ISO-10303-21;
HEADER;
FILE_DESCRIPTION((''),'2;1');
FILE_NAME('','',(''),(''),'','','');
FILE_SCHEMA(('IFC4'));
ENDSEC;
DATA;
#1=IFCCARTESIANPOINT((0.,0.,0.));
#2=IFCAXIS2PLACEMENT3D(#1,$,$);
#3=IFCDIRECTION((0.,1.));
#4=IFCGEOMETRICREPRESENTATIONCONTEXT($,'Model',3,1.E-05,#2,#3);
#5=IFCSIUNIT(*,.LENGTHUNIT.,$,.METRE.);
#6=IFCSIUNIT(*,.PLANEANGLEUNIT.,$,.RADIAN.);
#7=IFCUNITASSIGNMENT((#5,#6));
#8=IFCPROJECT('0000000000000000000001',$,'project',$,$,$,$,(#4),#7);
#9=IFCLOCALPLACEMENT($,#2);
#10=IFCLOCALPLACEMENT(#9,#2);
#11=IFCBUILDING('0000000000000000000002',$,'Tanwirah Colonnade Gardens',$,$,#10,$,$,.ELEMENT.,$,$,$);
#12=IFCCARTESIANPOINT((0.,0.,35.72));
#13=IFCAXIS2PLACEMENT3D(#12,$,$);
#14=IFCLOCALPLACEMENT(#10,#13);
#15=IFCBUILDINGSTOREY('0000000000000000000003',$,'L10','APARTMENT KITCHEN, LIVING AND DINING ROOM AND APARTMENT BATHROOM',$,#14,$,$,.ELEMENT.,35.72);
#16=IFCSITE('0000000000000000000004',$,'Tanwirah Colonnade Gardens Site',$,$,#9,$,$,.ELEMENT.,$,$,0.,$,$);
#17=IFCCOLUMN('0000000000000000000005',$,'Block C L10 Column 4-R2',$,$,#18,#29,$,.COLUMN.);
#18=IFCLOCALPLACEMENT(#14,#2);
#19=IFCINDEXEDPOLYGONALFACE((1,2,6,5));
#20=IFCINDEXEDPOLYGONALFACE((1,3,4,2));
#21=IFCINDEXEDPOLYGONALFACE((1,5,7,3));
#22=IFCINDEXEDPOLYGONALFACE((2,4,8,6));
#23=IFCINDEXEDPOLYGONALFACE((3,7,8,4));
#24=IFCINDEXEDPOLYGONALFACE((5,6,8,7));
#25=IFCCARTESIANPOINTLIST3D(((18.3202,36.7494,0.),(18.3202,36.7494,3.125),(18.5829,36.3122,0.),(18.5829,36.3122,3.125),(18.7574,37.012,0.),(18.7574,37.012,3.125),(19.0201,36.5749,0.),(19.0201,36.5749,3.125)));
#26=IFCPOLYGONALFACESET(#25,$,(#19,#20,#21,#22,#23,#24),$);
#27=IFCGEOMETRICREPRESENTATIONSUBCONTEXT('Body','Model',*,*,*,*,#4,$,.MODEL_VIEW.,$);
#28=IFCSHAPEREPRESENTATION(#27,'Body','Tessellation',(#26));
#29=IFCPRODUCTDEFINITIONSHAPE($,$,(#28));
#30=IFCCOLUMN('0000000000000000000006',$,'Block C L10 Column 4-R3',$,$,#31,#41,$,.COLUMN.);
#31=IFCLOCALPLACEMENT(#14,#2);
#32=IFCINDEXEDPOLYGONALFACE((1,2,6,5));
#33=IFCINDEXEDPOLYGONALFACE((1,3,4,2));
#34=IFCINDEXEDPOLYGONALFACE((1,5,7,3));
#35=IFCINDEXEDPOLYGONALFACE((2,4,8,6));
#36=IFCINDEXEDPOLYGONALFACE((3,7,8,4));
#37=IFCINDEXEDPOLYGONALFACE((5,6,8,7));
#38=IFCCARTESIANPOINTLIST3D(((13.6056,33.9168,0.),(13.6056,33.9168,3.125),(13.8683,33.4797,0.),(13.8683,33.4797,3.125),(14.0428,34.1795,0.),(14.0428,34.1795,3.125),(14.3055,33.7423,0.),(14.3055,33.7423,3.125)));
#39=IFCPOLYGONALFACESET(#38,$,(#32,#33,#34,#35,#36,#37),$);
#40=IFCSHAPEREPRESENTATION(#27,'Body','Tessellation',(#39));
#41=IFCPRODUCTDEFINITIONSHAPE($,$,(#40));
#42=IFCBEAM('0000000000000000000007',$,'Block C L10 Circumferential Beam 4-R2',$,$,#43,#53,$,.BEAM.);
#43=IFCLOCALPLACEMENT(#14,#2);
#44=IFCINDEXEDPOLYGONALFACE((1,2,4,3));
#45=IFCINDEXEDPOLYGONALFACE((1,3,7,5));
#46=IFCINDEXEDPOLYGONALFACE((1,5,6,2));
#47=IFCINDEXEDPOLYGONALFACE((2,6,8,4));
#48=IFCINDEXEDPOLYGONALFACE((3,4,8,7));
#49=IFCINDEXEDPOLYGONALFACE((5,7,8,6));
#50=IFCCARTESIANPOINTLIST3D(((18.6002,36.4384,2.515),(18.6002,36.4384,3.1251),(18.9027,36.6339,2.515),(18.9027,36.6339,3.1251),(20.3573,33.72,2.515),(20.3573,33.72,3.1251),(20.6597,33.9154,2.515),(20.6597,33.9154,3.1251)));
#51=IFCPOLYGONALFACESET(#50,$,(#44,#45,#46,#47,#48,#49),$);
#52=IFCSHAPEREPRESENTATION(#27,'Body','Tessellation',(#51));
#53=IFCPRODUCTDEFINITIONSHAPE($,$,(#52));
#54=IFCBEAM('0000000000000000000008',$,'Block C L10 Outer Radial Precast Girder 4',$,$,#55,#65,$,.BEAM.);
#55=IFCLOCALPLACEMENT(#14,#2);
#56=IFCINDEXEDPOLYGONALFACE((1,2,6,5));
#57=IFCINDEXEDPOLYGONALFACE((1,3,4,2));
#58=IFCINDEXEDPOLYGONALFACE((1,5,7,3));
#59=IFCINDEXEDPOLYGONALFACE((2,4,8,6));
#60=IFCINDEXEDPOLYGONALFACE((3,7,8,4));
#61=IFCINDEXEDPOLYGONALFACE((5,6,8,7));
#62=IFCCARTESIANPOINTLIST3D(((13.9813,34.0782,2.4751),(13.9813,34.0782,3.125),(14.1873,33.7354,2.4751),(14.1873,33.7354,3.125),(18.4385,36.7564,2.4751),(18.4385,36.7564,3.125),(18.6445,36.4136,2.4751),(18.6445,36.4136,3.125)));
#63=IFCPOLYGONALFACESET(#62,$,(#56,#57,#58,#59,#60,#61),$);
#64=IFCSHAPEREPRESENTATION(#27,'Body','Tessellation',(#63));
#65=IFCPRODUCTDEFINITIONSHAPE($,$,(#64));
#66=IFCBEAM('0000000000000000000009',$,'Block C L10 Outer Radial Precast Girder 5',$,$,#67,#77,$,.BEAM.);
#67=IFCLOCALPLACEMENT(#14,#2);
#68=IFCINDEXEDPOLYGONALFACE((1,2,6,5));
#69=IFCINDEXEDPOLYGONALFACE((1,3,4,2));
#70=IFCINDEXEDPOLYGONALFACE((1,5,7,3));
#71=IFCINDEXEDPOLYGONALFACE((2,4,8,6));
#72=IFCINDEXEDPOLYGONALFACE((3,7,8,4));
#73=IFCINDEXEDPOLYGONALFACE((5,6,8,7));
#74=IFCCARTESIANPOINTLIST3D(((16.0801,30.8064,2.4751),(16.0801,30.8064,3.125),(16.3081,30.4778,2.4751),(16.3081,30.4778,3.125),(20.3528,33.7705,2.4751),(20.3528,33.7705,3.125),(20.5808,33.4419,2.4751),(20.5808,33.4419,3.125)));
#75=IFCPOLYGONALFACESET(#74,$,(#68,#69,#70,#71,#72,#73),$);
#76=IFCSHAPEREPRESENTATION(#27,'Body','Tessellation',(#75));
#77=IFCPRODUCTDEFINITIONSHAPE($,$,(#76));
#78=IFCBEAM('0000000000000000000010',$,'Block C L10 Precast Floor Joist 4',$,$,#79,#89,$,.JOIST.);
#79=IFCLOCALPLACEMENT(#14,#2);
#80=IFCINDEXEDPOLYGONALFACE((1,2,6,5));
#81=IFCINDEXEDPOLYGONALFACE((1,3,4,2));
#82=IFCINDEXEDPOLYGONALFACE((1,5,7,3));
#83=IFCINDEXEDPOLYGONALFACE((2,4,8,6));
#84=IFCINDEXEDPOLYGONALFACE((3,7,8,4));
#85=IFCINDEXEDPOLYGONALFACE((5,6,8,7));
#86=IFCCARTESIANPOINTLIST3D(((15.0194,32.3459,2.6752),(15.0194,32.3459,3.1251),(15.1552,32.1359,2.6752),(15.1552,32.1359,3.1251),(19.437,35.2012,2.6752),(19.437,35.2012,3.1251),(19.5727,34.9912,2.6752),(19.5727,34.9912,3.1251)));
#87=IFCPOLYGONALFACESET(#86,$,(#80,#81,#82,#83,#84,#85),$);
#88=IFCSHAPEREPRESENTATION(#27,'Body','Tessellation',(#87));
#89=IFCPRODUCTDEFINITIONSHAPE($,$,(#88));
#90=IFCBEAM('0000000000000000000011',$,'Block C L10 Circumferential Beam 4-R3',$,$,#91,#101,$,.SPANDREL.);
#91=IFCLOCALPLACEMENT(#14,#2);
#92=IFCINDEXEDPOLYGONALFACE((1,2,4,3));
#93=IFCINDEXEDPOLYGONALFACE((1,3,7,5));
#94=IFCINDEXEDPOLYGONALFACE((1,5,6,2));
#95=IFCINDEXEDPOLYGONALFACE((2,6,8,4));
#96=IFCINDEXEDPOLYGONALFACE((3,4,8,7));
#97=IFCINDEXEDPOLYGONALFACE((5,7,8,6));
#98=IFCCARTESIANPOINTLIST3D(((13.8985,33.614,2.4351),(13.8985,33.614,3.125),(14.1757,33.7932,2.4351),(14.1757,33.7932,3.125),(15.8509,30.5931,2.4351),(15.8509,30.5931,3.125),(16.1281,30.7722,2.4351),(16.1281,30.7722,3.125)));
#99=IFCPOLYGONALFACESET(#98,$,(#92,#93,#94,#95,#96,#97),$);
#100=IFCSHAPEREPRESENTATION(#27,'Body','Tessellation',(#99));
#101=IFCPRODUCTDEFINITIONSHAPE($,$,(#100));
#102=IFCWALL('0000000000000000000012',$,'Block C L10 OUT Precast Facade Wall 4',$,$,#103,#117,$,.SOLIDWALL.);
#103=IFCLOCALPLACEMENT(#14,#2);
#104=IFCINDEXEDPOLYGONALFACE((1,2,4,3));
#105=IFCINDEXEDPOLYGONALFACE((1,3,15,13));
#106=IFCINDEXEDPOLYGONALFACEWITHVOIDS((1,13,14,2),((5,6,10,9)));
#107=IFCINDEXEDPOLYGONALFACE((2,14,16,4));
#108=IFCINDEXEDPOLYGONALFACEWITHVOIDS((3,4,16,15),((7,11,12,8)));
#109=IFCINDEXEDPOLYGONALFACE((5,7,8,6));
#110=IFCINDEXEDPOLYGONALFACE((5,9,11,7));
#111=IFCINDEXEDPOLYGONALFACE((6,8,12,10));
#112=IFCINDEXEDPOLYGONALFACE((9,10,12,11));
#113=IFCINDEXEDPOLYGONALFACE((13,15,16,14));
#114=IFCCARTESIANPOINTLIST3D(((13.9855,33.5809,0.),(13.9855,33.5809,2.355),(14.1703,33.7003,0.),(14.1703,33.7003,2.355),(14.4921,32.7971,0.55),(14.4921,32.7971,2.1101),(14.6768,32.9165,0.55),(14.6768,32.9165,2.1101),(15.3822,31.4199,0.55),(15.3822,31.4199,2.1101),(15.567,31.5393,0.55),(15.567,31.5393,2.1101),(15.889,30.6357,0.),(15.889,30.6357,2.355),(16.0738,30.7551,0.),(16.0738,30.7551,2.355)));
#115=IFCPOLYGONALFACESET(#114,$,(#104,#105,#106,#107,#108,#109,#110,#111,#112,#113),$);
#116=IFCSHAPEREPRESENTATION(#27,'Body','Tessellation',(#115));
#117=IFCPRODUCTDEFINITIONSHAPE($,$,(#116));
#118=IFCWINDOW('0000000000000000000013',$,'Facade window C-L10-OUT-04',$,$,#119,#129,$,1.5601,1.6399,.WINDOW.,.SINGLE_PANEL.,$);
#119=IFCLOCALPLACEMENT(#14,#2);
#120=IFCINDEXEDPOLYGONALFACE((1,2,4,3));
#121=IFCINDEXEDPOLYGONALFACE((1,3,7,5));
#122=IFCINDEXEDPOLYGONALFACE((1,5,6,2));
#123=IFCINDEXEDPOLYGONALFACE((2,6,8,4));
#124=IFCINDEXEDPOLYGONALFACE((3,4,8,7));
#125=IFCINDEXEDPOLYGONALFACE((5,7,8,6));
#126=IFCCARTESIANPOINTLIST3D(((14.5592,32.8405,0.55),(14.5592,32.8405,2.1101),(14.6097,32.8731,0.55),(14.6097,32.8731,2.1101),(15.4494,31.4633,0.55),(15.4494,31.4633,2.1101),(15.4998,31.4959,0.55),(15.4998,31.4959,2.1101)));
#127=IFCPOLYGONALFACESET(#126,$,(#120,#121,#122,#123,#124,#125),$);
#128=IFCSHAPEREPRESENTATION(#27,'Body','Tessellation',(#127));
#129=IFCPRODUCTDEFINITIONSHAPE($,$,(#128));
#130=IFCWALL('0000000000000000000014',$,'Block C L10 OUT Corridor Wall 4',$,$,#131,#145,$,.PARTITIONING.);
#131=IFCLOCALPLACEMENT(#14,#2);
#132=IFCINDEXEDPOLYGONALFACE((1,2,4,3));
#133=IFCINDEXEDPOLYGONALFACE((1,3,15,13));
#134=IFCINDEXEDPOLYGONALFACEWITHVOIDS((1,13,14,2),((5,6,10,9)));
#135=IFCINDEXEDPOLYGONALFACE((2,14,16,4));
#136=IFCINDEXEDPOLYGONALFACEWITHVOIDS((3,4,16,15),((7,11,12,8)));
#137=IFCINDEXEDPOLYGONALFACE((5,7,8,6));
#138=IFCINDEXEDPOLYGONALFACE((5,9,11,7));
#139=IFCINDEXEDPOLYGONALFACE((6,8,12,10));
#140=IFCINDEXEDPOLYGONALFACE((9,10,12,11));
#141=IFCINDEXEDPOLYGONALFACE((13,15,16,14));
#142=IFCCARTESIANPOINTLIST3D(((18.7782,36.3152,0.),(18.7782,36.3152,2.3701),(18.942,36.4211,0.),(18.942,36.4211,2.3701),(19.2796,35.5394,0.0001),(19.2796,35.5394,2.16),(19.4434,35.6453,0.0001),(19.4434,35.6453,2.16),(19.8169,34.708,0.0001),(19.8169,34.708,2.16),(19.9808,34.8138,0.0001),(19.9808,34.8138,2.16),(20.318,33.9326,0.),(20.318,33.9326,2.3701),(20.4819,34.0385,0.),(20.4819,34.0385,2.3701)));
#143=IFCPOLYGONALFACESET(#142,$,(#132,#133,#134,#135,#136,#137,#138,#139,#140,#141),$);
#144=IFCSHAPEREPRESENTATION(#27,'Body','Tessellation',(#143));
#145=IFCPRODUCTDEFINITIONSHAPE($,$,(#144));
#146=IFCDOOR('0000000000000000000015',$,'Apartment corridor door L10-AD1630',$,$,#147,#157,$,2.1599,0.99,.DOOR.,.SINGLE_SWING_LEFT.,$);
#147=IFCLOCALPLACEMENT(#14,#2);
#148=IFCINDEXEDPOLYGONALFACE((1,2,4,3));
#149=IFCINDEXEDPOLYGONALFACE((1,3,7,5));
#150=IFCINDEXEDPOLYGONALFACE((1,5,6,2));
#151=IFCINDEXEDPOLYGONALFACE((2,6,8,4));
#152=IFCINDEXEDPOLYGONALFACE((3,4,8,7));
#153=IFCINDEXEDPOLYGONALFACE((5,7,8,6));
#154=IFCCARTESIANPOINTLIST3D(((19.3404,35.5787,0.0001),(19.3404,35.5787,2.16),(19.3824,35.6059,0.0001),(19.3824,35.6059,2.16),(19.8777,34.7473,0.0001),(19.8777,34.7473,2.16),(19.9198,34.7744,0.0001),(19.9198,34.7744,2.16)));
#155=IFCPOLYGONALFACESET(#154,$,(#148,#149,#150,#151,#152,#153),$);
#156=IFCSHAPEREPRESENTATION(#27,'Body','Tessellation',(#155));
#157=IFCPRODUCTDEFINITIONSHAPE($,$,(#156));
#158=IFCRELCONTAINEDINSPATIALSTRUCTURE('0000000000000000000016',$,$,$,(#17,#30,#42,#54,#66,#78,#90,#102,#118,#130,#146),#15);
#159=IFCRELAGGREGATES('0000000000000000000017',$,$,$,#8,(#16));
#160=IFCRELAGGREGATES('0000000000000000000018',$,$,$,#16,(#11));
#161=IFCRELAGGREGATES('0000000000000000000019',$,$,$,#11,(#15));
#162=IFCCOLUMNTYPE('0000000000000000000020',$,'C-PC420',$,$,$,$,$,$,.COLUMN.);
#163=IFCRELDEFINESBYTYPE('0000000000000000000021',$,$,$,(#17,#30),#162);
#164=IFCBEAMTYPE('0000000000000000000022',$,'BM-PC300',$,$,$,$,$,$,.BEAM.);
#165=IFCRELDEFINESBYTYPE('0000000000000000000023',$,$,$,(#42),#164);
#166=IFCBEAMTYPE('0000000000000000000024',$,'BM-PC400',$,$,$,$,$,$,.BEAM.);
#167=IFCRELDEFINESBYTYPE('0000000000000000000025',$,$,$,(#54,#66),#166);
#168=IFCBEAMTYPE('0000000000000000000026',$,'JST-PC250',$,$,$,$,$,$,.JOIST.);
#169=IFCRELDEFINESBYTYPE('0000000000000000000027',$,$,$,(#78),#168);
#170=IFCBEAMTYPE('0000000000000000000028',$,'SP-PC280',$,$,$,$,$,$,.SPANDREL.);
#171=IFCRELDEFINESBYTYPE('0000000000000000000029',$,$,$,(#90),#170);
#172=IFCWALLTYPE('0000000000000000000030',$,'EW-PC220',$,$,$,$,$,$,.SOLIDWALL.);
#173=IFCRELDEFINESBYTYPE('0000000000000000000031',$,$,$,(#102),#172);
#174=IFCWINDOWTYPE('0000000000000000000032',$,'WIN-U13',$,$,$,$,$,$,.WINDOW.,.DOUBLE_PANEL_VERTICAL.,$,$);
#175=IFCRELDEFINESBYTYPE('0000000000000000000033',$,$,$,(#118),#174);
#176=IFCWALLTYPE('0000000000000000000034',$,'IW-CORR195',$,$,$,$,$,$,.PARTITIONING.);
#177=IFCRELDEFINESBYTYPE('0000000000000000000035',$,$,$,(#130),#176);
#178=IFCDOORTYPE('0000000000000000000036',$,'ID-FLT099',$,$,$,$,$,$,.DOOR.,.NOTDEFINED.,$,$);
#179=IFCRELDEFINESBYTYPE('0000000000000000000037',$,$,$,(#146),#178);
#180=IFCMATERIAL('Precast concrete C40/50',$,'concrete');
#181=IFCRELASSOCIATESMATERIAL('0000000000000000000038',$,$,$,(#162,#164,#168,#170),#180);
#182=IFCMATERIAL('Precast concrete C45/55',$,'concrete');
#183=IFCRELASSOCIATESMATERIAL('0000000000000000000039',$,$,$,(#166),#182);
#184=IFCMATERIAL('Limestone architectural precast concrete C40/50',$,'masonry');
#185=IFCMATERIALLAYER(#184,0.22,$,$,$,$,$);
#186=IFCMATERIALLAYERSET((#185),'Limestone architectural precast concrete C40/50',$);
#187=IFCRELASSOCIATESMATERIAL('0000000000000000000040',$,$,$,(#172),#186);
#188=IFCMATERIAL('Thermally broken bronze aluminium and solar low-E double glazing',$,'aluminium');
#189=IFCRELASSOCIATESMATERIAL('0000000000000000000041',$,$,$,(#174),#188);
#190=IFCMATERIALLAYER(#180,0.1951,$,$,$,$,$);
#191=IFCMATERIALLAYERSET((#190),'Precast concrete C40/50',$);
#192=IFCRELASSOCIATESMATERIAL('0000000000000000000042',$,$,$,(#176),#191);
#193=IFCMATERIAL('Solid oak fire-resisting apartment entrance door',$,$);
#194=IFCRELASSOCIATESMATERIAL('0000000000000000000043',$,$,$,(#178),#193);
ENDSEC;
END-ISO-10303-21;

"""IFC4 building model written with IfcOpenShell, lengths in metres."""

from ifc_helpers import new_model, si_unit, direction, frame, frame_2d, origin, origin_2d, place, context, subcontext, project, spatial, rectangle, extrude, material, layer, layer_set, material_profile, profile_set, type_object, element, fill, save


model = new_model("IFC4")

# Units and contexts
model_context = context("Model", 3, precision=1e-05, world=origin(), true_north=direction((0.0, 1.0)))
body_context = subcontext(model_context, "Body", "Model", "MODEL_VIEW")
ifc_project = project(units=[si_unit("LENGTHUNIT", "METRE"), si_unit("PLANEANGLEUNIT", "RADIAN")], contexts=[model_context])

# Site, building, storey
site_placement = place(None, origin())
site = spatial("IfcSite", under=ifc_project, at=site_placement, Name="Tanwirah Colonnade Gardens Site", CompositionType="ELEMENT", RefElevation=0.0)
building_placement = place(site_placement, origin())
building = spatial("IfcBuilding", under=site, at=building_placement, Name="Tanwirah Colonnade Gardens", CompositionType="ELEMENT")
storey_placement = place(building_placement, frame((0.0, 0.0, 35.72)))
storey = spatial("IfcBuildingStorey", under=building, at=storey_placement, Name="L10", Description="APARTMENT KITCHEN, LIVING AND DINING ROOM AND APARTMENT BATHROOM", CompositionType="ELEMENT", Elevation=35.72)

# Columns
ifc_material_1 = material(Name="Precast concrete C40/50", Category="concrete")
ifc_material_profile_1 = material_profile(ifc_material_1, rectangle(XDim=0.51, YDim=0.51, at=origin_2d()), Name="PC-COL 510x510")
ifc_profile_set_1 = profile_set([ifc_material_profile_1], Name="Precast concrete C40/50")
column_type = type_object("IfcColumnType", Name="C-PC420", PredefinedType="COLUMN", material=ifc_profile_set_1)
for number, where, z_axis, x_axis, name in (
    (1, (18.6702, 36.6621, 0.0), (0.0, 0.0, 1.0), (-0.857167, -0.515038, 0.0), "Block C L10 Column 4-R2"),
    (2, (13.9556, 33.8296, 0.0), (0.0, 0.0, 1.0), (-0.857167, -0.515038, 0.0), "Block C L10 Column 4-R3"),
):
    element("IfcColumn", number, at=place(storey_placement, frame(where, z_axis=z_axis, x_axis=x_axis)), inside=storey, type_object=column_type, Name=name, PredefinedType="COLUMN", context=body_context, shape_type="SweptSolid", body=[
        extrude(rectangle(XDim=0.51, YDim=0.51, at=origin_2d()), origin(), (0.0, 0.0, 1.0), 3.125),
    ])

# Beams
ifc_material_profile_2 = material_profile(ifc_material_1, rectangle(XDim=0.3601, YDim=0.6101, at=origin_2d()), Name="PC-BM 360x610")
ifc_profile_set_2 = profile_set([ifc_material_profile_2], Name="Precast concrete C40/50")
beam_type_1 = type_object("IfcBeamType", Name="BM-PC300", PredefinedType="BEAM", material=ifc_profile_set_2)
beam_1_placement = place(storey_placement, frame((18.7515, 36.5361, 2.8201), z_axis=(0.542826, -0.839845, 0.0), x_axis=(0.839845, 0.542826, 0.0)))
element("IfcBeam", 3, at=beam_1_placement, inside=storey, type_object=beam_type_1, Name="Block C L10 Circumferential Beam 4-R2", PredefinedType="BEAM", context=body_context, shape_type="SweptSolid", body=[
    extrude(rectangle(XDim=0.3601, YDim=0.6101, at=origin_2d()), origin(), (0.0, 0.0, 1.0), 3.2368),
])
ifc_material_2 = material(Name="Precast concrete C45/55", Category="concrete")
ifc_material_profile_3 = material_profile(ifc_material_2, rectangle(XDim=0.3999, YDim=0.6499, at=origin_2d()), Name="PC-BM 400x650")
ifc_profile_set_3 = profile_set([ifc_material_profile_3], Name="Precast concrete C45/55")
beam_type_2 = type_object("IfcBeamType", Name="BM-PC400", PredefinedType="BEAM", material=ifc_profile_set_3)
beam_2_placement = place(storey_placement, frame((18.5415, 36.585, 2.8), z_axis=(-0.857165, -0.515041, 0.0), x_axis=(0.515041, -0.857165, 0.0)))
element("IfcBeam", 4, at=beam_2_placement, inside=storey, type_object=beam_type_2, Name="Block C L10 Outer Radial Precast Girder 4", PredefinedType="BEAM", context=body_context, shape_type="SweptSolid", body=[
    extrude(rectangle(XDim=0.3999, YDim=0.6499, at=origin_2d()), origin(), (0.0, 0.0, 1.0), 5.2),
])
beam_3_placement = place(storey_placement, frame((20.4668, 33.6062, 2.8), z_axis=(-0.821644, -0.570001, 0.0), x_axis=(0.570001, -0.821644, 0.0)))
element("IfcBeam", 5, at=beam_3_placement, inside=storey, type_object=beam_type_2, Name="Block C L10 Outer Radial Precast Girder 5", PredefinedType="BEAM", context=body_context, shape_type="SweptSolid", body=[
    extrude(rectangle(XDim=0.3999, YDim=0.6499, at=origin_2d()), origin(), (0.0, 0.0, 1.0), 5.2002),
])
ifc_material_profile_4 = material_profile(ifc_material_1, rectangle(XDim=0.25, YDim=0.45, at=origin_2d()), Name="PC-JST 250x450")
ifc_profile_set_4 = profile_set([ifc_material_profile_4], Name="Precast concrete C40/50")
beam_type_3 = type_object("IfcBeamType", Name="JST-PC250", PredefinedType="JOIST", material=ifc_profile_set_4)
beam_4_placement = place(storey_placement, frame((19.5049, 35.0962, 2.9001), z_axis=(-0.839843, -0.54283, 0.0), x_axis=(0.54283, -0.839843, 0.0)))
element("IfcBeam", 6, at=beam_4_placement, inside=storey, type_object=beam_type_3, Name="Block C L10 Precast Floor Joist 4", PredefinedType="JOIST", context=body_context, shape_type="SweptSolid", body=[
    extrude(rectangle(XDim=0.25, YDim=0.45, at=origin_2d()), origin(), (0.0, 0.0, 1.0), 5.26),
])
ifc_material_profile_5 = material_profile(ifc_material_1, rectangle(XDim=0.3301, YDim=0.6899, at=origin_2d()), Name="PC-SP 330x690")
ifc_profile_set_5 = profile_set([ifc_material_profile_5], Name="Precast concrete C40/50")
beam_type_4 = type_object("IfcBeamType", Name="SP-PC280", PredefinedType="SPANDREL", material=ifc_profile_set_5)
beam_5_placement = place(storey_placement, frame((14.0371, 33.7036, 2.78), z_axis=(0.542787, -0.83987, 0.0), x_axis=(0.83987, 0.542787, 0.0)))
element("IfcBeam", 7, at=beam_5_placement, inside=storey, type_object=beam_type_4, Name="Block C L10 Circumferential Beam 4-R3", PredefinedType="SPANDREL", context=body_context, shape_type="SweptSolid", body=[
    extrude(rectangle(XDim=0.3301, YDim=0.6899, at=origin_2d()), origin(), (0.0, 0.0, 1.0), 3.5969),
])

# Wall, opening, window
ifc_material_3 = material(Name="Limestone architectural precast concrete C40/50", Category="masonry")
ifc_layer_1 = layer(ifc_material_3, 0.22)
ifc_layer_set_1 = layer_set([ifc_layer_1], Name="Limestone architectural precast concrete C40/50")
wall_type_1 = type_object("IfcWallType", Name="EW-PC220", PredefinedType="SOLIDWALL", material=ifc_layer_set_1)
wall_1_placement = place(storey_placement, frame((14.0779, 33.6406, 0.0), z_axis=(0.0, 0.0, 1.0), x_axis=(0.542804, -0.83986, 0.0)))
wall_1 = element("IfcWall", 8, at=wall_1_placement, inside=storey, type_object=wall_type_1, Name="Block C L10 OUT Precast Facade Wall 4", PredefinedType="SOLIDWALL", context=body_context, shape_type="SweptSolid", body=[
    extrude(rectangle(XDim=3.5068, YDim=0.22, at=frame_2d((1.7534, 0.0))), origin(), (0.0, 0.0, 1.0), 2.355),
])
opening_1_placement = place(wall_1_placement, frame((0.9333, 0.0, 0.55)))
opening_1 = element("IfcOpeningElement", 9, at=opening_1_placement, cuts=wall_1, PredefinedType="OPENING", context=body_context, shape_type="SweptSolid", body=[
    extrude(rectangle(XDim=1.6399, YDim=1.5601, at=frame_2d((0.8198, 0.78))), frame((0.0, 0.1199, 0.0), z_axis=(0.0, -1.0, 0.0), x_axis=(1.0, 0.0, 0.0)), (0.0, 0.0, 1.0), 0.24),
])
ifc_material_4 = material(Name="Thermally broken bronze aluminium and solar low-E double glazing", Category="aluminium")
window_type = type_object("IfcWindowType", Name="WIN-U13", PartitioningType="DOUBLE_PANEL_VERTICAL", PredefinedType="WINDOW", material=ifc_material_4)
window_placement = place(opening_1_placement, origin())
window = element("IfcWindow", 10, at=window_placement, inside=storey, type_object=window_type, Name="Facade window C-L10-OUT-04", OverallHeight=1.5601, OverallWidth=1.6399, PartitioningType="SINGLE_PANEL", PredefinedType="WINDOW", context=body_context, shape_type="SweptSolid", body=[
    extrude(rectangle(XDim=1.6399, YDim=1.5601, at=frame_2d((0.8198, 0.78))), frame((0.0, 0.03, 0.0), z_axis=(0.0, -1.0, 0.0), x_axis=(1.0, 0.0, 0.0)), (0.0, 0.0, 1.0), 0.0601),
])
fill(opening_1, window)

# Wall, opening, door
ifc_layer_2 = layer(ifc_material_1, 0.1951)
ifc_layer_set_2 = layer_set([ifc_layer_2], Name="Precast concrete C40/50")
wall_type_2 = type_object("IfcWallType", Name="IW-CORR195", PredefinedType="PARTITIONING", material=ifc_layer_set_2)
wall_2_placement = place(storey_placement, frame((18.8601, 36.3682, 0.0), z_axis=(0.0, 0.0, 1.0), x_axis=(0.542787, -0.83987, 0.0)))
wall_2 = element("IfcWall", 11, at=wall_2_placement, inside=storey, type_object=wall_type_2, Name="Block C L10 OUT Corridor Wall 4", PredefinedType="PARTITIONING", context=body_context, shape_type="SweptSolid", body=[
    extrude(rectangle(XDim=2.8369, YDim=0.1951, at=frame_2d((1.4185, 0.0))), origin(), (0.0, 0.0, 1.0), 2.3701),
])
opening_2_placement = place(wall_2_placement, frame((0.9236, 0.0, 0.0)))
opening_2 = element("IfcOpeningElement", 12, at=opening_2_placement, cuts=wall_2, PredefinedType="OPENING", context=body_context, shape_type="SweptSolid", body=[
    extrude(rectangle(XDim=0.99, YDim=2.1599, at=frame_2d((0.4951, 1.0801))), frame((0.0, 0.1074, 0.0), z_axis=(0.0, -1.0, 0.0), x_axis=(1.0, 0.0, 0.0)), (0.0, 0.0, 1.0), 0.2151),
])
ifc_material_5 = material(Name="Solid oak fire-resisting apartment entrance door")
door_type_1 = type_object("IfcDoorType", Name="ID-FLT099", OperationType="NOTDEFINED", PredefinedType="DOOR", material=ifc_material_5)
door_1_placement = place(opening_2_placement, origin())
door_1 = element("IfcDoor", 13, at=door_1_placement, inside=storey, type_object=door_type_1, Name="Apartment corridor door L10-AD1630", OperationType="SINGLE_SWING_LEFT", OverallHeight=2.1599, OverallWidth=0.99, PredefinedType="DOOR", context=body_context, shape_type="SweptSolid", body=[
    extrude(rectangle(XDim=0.99, YDim=2.1599, at=frame_2d((0.4951, 1.0801))), frame((0.0, 0.0249, 0.0), z_axis=(0.0, -1.0, 0.0), x_axis=(1.0, 0.0, 0.0)), (0.0, 0.0, 1.0), 0.05),
])
fill(opening_2, door_1)

save(model, "model.ifc")
